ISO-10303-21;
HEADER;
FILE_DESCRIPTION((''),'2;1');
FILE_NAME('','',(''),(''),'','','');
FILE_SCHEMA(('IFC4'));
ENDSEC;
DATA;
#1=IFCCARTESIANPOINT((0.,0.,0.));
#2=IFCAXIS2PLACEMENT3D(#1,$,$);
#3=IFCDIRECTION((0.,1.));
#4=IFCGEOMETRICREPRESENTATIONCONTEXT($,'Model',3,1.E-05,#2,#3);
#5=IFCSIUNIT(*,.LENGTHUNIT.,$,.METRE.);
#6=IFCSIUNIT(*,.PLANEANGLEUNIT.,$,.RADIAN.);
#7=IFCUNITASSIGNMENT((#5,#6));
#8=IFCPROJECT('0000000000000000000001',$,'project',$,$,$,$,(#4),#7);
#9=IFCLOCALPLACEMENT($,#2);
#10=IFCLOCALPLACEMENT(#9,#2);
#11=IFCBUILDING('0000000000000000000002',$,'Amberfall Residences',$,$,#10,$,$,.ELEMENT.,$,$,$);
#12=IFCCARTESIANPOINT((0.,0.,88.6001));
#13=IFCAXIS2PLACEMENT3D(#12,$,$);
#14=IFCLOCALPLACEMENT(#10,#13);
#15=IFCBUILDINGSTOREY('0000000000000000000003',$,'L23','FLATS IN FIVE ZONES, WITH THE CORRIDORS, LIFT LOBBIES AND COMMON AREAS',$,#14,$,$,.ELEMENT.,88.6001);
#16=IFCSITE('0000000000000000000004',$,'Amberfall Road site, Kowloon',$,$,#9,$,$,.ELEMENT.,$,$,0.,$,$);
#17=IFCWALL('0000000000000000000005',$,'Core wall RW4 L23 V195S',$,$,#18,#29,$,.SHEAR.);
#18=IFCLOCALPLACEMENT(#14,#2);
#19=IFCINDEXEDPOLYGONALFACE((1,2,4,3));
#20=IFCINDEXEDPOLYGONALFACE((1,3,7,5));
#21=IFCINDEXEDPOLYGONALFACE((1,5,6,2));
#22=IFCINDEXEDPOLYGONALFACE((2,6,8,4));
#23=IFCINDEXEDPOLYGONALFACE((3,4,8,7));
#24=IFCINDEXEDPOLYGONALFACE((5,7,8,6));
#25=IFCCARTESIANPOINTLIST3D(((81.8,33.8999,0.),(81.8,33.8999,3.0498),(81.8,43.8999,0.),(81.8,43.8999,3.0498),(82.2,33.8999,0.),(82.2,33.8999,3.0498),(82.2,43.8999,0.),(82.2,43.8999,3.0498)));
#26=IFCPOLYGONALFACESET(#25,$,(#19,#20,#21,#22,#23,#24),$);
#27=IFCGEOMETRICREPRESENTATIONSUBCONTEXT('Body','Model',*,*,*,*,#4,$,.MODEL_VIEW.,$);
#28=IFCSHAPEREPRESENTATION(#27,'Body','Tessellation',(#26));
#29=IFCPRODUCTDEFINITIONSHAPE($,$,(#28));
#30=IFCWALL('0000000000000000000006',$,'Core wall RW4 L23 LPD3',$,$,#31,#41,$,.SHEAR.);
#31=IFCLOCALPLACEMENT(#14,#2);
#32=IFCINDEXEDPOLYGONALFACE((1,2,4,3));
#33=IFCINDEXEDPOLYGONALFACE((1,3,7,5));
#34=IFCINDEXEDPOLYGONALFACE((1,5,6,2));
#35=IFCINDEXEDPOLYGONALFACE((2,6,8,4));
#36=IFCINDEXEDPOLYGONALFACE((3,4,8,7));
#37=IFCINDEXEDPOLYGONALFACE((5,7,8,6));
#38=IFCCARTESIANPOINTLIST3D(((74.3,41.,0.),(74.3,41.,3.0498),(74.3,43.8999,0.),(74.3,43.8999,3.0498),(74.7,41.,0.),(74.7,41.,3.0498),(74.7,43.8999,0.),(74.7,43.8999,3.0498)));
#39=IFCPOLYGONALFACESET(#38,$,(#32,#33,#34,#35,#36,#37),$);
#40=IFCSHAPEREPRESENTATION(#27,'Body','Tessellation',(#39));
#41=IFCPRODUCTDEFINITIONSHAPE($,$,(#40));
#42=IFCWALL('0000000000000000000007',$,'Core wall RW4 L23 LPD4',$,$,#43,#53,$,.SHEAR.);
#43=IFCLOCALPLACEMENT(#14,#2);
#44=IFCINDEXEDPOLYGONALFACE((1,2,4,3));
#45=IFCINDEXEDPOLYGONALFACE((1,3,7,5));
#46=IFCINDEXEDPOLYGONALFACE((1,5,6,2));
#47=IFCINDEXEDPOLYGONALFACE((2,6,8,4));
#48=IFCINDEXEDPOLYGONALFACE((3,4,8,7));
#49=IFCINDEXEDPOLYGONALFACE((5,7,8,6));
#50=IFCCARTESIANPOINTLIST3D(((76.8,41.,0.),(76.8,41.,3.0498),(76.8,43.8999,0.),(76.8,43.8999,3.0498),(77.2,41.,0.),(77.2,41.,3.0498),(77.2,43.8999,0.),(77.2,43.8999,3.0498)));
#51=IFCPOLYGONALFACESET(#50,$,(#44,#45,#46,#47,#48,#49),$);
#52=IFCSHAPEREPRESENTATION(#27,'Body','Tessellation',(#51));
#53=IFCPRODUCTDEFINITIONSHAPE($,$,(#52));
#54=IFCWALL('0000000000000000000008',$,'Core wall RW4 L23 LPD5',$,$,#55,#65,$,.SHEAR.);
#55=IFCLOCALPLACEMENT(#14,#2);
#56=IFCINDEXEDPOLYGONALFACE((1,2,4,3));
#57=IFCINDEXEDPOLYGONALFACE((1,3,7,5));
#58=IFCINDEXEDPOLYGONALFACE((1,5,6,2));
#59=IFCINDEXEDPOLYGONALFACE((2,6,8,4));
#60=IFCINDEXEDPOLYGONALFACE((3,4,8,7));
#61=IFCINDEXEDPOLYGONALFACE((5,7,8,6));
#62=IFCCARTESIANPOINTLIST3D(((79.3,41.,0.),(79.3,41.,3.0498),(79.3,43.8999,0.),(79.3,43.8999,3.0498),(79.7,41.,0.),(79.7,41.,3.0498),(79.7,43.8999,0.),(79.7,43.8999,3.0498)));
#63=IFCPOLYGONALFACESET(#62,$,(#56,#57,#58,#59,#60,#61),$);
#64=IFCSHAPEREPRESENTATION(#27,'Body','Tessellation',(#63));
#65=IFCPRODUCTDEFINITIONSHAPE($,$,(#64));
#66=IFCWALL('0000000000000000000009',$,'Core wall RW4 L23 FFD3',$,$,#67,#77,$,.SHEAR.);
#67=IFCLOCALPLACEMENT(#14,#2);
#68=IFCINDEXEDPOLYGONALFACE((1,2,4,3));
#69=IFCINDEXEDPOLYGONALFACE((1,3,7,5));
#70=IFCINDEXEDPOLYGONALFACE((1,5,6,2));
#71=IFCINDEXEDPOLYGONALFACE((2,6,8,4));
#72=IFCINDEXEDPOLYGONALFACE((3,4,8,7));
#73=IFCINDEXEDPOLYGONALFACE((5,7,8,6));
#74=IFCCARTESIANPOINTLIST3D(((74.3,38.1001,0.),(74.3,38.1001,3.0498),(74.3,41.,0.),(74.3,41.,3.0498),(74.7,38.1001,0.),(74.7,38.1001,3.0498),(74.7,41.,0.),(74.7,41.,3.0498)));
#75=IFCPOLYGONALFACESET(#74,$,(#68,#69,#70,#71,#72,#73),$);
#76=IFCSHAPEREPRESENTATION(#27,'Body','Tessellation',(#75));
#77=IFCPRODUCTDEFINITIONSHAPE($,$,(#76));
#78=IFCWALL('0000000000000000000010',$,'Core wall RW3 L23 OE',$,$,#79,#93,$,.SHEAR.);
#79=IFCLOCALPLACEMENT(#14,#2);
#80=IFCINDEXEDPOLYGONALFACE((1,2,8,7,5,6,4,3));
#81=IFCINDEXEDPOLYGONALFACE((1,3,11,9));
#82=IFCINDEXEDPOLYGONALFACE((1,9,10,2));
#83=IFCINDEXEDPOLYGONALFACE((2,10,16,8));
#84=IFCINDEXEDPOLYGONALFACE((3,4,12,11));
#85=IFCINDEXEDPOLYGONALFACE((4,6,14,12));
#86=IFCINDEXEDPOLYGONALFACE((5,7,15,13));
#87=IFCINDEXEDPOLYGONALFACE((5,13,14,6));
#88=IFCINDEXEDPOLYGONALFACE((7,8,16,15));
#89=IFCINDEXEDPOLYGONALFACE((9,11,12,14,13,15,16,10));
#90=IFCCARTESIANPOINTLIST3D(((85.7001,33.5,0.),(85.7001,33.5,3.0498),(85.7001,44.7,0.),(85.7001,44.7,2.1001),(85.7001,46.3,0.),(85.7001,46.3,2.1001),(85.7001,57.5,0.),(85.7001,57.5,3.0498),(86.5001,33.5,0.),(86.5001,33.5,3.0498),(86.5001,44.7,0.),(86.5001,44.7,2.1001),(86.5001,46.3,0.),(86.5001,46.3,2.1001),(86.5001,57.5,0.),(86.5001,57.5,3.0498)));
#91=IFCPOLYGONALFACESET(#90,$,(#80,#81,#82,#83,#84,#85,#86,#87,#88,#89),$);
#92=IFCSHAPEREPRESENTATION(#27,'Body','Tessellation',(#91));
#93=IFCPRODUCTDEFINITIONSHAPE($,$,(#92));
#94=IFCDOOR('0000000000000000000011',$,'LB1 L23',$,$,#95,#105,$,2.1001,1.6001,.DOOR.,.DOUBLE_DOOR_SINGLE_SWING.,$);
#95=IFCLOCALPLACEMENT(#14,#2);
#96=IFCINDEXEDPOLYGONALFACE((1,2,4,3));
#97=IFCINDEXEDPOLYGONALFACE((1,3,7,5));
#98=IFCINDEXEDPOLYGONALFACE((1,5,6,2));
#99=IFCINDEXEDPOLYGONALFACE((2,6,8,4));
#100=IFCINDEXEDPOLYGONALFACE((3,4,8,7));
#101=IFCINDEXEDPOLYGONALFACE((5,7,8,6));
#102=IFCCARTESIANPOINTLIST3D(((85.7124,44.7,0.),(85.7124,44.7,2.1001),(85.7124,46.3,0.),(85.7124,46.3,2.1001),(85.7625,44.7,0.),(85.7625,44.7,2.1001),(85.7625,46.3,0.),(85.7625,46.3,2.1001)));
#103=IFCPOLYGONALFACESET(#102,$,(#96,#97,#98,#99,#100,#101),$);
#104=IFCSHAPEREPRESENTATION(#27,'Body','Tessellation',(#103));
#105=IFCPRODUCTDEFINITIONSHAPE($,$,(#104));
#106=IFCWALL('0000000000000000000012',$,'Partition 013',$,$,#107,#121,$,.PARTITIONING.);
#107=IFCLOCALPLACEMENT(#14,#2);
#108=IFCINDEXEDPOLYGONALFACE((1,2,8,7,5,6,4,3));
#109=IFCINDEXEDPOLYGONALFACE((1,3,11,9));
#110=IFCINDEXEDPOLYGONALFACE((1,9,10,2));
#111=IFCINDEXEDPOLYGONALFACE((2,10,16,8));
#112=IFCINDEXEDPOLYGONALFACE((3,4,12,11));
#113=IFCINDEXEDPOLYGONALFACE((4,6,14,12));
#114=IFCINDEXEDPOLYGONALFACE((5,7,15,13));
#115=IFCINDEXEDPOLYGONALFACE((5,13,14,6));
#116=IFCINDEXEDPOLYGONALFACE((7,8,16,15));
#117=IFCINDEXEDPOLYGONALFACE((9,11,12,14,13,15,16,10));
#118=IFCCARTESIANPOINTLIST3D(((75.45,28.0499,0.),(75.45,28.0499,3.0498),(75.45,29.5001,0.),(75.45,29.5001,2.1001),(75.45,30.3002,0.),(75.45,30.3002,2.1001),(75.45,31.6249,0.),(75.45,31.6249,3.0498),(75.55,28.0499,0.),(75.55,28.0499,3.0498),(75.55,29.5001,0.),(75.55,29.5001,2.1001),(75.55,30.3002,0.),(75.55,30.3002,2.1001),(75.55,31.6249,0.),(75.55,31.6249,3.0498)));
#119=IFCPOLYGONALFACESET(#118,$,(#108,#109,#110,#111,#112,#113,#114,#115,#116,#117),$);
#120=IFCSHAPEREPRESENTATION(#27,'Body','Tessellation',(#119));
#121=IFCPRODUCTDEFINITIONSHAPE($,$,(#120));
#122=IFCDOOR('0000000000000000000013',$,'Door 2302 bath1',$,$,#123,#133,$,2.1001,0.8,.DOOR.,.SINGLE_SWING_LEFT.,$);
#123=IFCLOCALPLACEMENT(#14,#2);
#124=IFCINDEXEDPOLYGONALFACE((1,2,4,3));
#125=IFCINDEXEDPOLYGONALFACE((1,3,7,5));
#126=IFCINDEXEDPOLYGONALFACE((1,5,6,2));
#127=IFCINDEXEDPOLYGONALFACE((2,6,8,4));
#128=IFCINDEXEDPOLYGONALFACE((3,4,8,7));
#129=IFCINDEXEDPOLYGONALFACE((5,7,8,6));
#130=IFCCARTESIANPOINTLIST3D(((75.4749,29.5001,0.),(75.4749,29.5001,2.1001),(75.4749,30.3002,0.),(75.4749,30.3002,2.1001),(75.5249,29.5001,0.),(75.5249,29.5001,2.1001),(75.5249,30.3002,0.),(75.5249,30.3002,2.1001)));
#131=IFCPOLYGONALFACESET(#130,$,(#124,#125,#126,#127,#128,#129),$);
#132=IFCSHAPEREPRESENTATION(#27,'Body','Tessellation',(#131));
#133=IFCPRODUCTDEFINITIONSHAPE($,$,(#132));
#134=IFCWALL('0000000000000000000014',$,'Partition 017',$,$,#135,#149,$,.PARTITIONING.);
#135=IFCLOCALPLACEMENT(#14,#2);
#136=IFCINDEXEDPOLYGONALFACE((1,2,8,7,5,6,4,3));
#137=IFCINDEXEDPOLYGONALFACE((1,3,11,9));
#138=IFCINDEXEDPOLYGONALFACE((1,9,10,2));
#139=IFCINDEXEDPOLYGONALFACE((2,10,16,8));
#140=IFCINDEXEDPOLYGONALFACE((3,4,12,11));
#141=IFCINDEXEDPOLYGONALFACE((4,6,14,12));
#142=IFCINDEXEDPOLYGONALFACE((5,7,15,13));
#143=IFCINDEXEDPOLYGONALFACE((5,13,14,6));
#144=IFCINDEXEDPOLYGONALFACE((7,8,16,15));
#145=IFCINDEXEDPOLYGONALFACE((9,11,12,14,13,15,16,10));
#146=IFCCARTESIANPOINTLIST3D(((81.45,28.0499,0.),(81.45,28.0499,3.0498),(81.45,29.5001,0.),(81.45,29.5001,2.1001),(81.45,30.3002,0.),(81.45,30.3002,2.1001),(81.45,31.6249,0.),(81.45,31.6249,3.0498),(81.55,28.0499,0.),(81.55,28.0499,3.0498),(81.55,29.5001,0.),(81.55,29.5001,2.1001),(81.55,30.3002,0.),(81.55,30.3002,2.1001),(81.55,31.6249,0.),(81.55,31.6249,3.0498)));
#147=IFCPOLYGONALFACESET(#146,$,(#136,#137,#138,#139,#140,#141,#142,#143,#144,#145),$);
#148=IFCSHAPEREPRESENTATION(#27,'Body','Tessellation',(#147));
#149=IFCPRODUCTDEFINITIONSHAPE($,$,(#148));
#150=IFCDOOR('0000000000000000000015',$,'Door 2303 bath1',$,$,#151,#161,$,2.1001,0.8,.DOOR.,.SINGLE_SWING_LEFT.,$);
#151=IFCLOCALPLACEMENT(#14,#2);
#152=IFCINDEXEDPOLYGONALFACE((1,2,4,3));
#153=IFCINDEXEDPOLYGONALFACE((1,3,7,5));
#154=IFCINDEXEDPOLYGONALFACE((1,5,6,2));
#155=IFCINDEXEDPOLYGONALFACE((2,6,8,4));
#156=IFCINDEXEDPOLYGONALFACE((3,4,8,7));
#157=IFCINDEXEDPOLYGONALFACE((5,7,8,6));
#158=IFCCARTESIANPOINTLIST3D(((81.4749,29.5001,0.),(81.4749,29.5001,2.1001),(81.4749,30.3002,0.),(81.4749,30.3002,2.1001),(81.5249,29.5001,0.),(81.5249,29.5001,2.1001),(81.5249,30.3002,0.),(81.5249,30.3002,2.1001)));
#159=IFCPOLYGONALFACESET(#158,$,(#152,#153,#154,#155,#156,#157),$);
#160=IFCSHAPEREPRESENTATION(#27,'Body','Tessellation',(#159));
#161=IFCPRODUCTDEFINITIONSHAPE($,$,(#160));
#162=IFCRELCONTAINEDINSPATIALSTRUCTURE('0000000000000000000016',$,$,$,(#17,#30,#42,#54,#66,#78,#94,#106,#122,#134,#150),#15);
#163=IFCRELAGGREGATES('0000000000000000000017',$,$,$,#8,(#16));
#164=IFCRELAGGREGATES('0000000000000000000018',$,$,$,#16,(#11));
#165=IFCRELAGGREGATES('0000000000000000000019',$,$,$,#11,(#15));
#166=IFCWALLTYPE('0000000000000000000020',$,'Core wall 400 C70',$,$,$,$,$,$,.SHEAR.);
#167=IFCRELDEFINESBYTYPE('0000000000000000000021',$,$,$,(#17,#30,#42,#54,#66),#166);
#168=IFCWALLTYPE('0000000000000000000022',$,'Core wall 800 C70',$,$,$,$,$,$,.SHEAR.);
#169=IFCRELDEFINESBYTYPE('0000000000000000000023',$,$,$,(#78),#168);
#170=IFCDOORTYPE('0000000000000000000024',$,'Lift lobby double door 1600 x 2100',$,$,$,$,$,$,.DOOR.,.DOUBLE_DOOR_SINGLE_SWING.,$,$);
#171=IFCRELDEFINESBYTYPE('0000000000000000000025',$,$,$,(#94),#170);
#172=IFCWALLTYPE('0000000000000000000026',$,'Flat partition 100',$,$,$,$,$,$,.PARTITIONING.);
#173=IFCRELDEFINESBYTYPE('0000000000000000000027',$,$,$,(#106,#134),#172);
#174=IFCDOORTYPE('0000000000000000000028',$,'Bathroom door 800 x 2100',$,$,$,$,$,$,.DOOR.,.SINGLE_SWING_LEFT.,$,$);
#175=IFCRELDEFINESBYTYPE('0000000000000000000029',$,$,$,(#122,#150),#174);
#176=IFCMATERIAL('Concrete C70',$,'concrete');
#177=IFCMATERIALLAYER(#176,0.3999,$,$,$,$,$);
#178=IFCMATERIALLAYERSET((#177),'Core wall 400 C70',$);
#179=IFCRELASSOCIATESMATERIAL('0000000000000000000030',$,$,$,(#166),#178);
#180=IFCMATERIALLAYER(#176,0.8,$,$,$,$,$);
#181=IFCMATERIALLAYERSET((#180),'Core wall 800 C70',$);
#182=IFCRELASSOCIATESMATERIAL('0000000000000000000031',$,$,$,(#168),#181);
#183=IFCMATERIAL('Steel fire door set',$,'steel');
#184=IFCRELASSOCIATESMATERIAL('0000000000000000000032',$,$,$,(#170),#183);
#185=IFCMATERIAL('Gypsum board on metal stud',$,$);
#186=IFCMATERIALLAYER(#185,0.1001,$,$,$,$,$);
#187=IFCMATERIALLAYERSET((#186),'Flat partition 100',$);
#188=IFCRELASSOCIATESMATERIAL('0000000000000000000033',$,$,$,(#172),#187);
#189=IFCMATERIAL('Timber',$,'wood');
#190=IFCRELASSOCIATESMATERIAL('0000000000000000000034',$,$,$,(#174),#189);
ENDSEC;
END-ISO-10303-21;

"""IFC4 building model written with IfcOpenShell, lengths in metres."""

from ifc_helpers import new_model, si_unit, direction, frame, frame_2d, origin, place, context, subcontext, project, spatial, rectangle, extrude, material, layer, layer_set, type_object, element, fill, save


model = new_model("IFC4")

# Units and contexts
model_context = context("Model", 3, precision=1e-05, world=origin(), true_north=direction((0.0, 1.0)))
body_context = subcontext(model_context, "Body", "Model", "MODEL_VIEW")
ifc_project = project(units=[si_unit("LENGTHUNIT", "METRE"), si_unit("PLANEANGLEUNIT", "RADIAN")], contexts=[model_context])

# Site, building, storey
site_placement = place(None, origin())
site = spatial("IfcSite", under=ifc_project, at=site_placement, Name="Amberfall Road site, Kowloon", CompositionType="ELEMENT", RefElevation=0.0)
building_placement = place(site_placement, origin())
building = spatial("IfcBuilding", under=site, at=building_placement, Name="Amberfall Residences", CompositionType="ELEMENT")
storey_placement = place(building_placement, frame((0.0, 0.0, 88.6001)))
storey = spatial("IfcBuildingStorey", under=building, at=storey_placement, Name="L23", Description="FLATS IN FIVE ZONES, WITH THE CORRIDORS, LIFT LOBBIES AND COMMON AREAS", CompositionType="ELEMENT", Elevation=88.6001)

# Walls
ifc_material_1 = material(Name="Concrete C70", Category="concrete")
ifc_layer_1 = layer(ifc_material_1, 0.3999)
ifc_layer_set_1 = layer_set([ifc_layer_1], Name="Core wall 400 C70")
wall_type_1 = type_object("IfcWallType", Name="Core wall 400 C70", PredefinedType="SHEAR", material=ifc_layer_set_1)
wall_1_placement = place(storey_placement, frame((82.0, 33.8999, 0.0), z_axis=(0.0, 0.0, 1.0), x_axis=(0.0, 1.0, 0.0)))
element("IfcWall", 1, at=wall_1_placement, inside=storey, type_object=wall_type_1, Name="Core wall RW4 L23 V195S", PredefinedType="SHEAR", context=body_context, shape_type="SweptSolid", body=[
    extrude(rectangle(XDim=10.0, YDim=0.3999, at=frame_2d((5.0, 0.0))), origin(), (0.0, 0.0, 1.0), 3.0498),
])
for number, where, z_axis, x_axis, name in (
    (2, (74.5, 41.0, 0.0), (0.0, 0.0, 1.0), (0.0, 1.0, 0.0), "Core wall RW4 L23 LPD3"),
    (3, (77.0, 41.0, 0.0), (0.0, 0.0, 1.0), (0.0, 1.0, 0.0), "Core wall RW4 L23 LPD4"),
    (4, (79.5, 41.0, 0.0), (0.0, 0.0, 1.0), (0.0, 1.0, 0.0), "Core wall RW4 L23 LPD5"),
    (5, (74.5, 38.1001, 0.0), (0.0, 0.0, 1.0), (0.0, 1.0, 0.0), "Core wall RW4 L23 FFD3"),
):
    element("IfcWall", number, at=place(storey_placement, frame(where, z_axis=z_axis, x_axis=x_axis)), inside=storey, type_object=wall_type_1, Name=name, PredefinedType="SHEAR", context=body_context, shape_type="SweptSolid", body=[
        extrude(rectangle(XDim=2.8999, YDim=0.3999, at=frame_2d((1.45, 0.0))), origin(), (0.0, 0.0, 1.0), 3.0498),
    ])

# Walls, openings, doors
ifc_layer_2 = layer(ifc_material_1, 0.8)
ifc_layer_set_2 = layer_set([ifc_layer_2], Name="Core wall 800 C70")
wall_type_2 = type_object("IfcWallType", Name="Core wall 800 C70", PredefinedType="SHEAR", material=ifc_layer_set_2)
wall_2_placement = place(storey_placement, frame((86.1001, 33.5, 0.0), z_axis=(0.0, 0.0, 1.0), x_axis=(0.0, 1.0, 0.0)))
wall_2 = element("IfcWall", 6, at=wall_2_placement, inside=storey, type_object=wall_type_2, Name="Core wall RW3 L23 OE", PredefinedType="SHEAR", context=body_context, shape_type="SweptSolid", body=[
    extrude(rectangle(XDim=24.0, YDim=0.8, at=frame_2d((12.0, 0.0))), origin(), (0.0, 0.0, 1.0), 3.0498),
])
opening_1_placement = place(wall_2_placement, frame((11.2, 0.0, 0.0)))
opening_1 = element("IfcOpeningElement", 7, at=opening_1_placement, cuts=wall_2, PredefinedType="OPENING", context=body_context, shape_type="SweptSolid", body=[
    extrude(rectangle(XDim=1.6001, YDim=2.1001, at=frame_2d((0.8, 1.05))), frame((0.0, 0.4099, 0.0), z_axis=(0.0, -1.0, 0.0), x_axis=(1.0, 0.0, 0.0)), (0.0, 0.0, 1.0), 0.8201),
])
ifc_material_2 = material(Name="Steel fire door set", Category="steel")
door_type_1 = type_object("IfcDoorType", Name="Lift lobby double door 1600 x 2100", OperationType="DOUBLE_DOOR_SINGLE_SWING", PredefinedType="DOOR", material=ifc_material_2)
door_1_placement = place(opening_1_placement, origin())
door_1 = element("IfcDoor", 8, at=door_1_placement, inside=storey, type_object=door_type_1, Name="LB1 L23", OperationType="DOUBLE_DOOR_SINGLE_SWING", OverallHeight=2.1001, OverallWidth=1.6001, PredefinedType="DOOR", context=body_context, shape_type="SweptSolid", body=[
    extrude(rectangle(XDim=1.6001, YDim=2.1001, at=frame_2d((0.8, 1.05))), frame((0.0, 0.3877, 0.0), z_axis=(0.0, -1.0, 0.0), x_axis=(1.0, 0.0, 0.0)), (0.0, 0.0, 1.0), 0.05),
])
fill(opening_1, door_1)
ifc_material_3 = material(Name="Gypsum board on metal stud")
ifc_layer_3 = layer(ifc_material_3, 0.1001)
ifc_layer_set_3 = layer_set([ifc_layer_3], Name="Flat partition 100")
wall_type_3 = type_object("IfcWallType", Name="Flat partition 100", PredefinedType="PARTITIONING", material=ifc_layer_set_3)
wall_3_placement = place(storey_placement, frame((75.5, 31.625, 0.0), z_axis=(0.0, 0.0, 1.0), x_axis=(0.0, -1.0, 0.0)))
wall_3 = element("IfcWall", 9, at=wall_3_placement, inside=storey, type_object=wall_type_3, Name="Partition 013", PredefinedType="PARTITIONING", context=body_context, shape_type="SweptSolid", body=[
    extrude(rectangle(XDim=3.575, YDim=0.1001, at=frame_2d((1.7876, 0.0))), origin(), (0.0, 0.0, 1.0), 3.0498),
])
opening_2_placement = place(wall_3_placement, frame((1.325, 0.0, 0.0)))
opening_2 = element("IfcOpeningElement", 10, at=opening_2_placement, cuts=wall_3, PredefinedType="OPENING", context=body_context, shape_type="SweptSolid", body=[
    extrude(rectangle(XDim=0.8, YDim=2.1001, at=frame_2d((0.3999, 1.05))), frame((0.0, 0.0601, 0.0), z_axis=(0.0, -1.0, 0.0), x_axis=(1.0, 0.0, 0.0)), (0.0, 0.0, 1.0), 0.1201),
])
ifc_material_4 = material(Name="Timber", Category="wood")
door_type_2 = type_object("IfcDoorType", Name="Bathroom door 800 x 2100", OperationType="SINGLE_SWING_LEFT", PredefinedType="DOOR", material=ifc_material_4)
door_2_placement = place(opening_2_placement, origin())
door_2 = element("IfcDoor", 11, at=door_2_placement, inside=storey, type_object=door_type_2, Name="Door 2302 bath1", OperationType="SINGLE_SWING_LEFT", OverallHeight=2.1001, OverallWidth=0.8, PredefinedType="DOOR", context=body_context, shape_type="SweptSolid", body=[
    extrude(rectangle(XDim=0.8, YDim=2.1001, at=frame_2d((0.3999, 1.05))), frame((0.0, 0.0249, 0.0), z_axis=(0.0, -1.0, 0.0), x_axis=(1.0, 0.0, 0.0)), (0.0, 0.0, 1.0), 0.05),
])
fill(opening_2, door_2)
wall_4_placement = place(storey_placement, frame((81.5, 31.625, 0.0), z_axis=(0.0, 0.0, 1.0), x_axis=(0.0, -1.0, 0.0)))
wall_4 = element("IfcWall", 12, at=wall_4_placement, inside=storey, type_object=wall_type_3, Name="Partition 017", PredefinedType="PARTITIONING", context=body_context, shape_type="SweptSolid", body=[
    extrude(rectangle(XDim=3.575, YDim=0.1001, at=frame_2d((1.7876, 0.0))), origin(), (0.0, 0.0, 1.0), 3.0498),
])
opening_3_placement = place(wall_4_placement, frame((1.325, 0.0, 0.0)))
opening_3 = element("IfcOpeningElement", 13, at=opening_3_placement, cuts=wall_4, PredefinedType="OPENING", context=body_context, shape_type="SweptSolid", body=[
    extrude(rectangle(XDim=0.8, YDim=2.1001, at=frame_2d((0.3999, 1.05))), frame((0.0, 0.0601, 0.0), z_axis=(0.0, -1.0, 0.0), x_axis=(1.0, 0.0, 0.0)), (0.0, 0.0, 1.0), 0.1201),
])
door_3_placement = place(opening_3_placement, origin())
door_3 = element("IfcDoor", 14, at=door_3_placement, inside=storey, type_object=door_type_2, Name="Door 2303 bath1", OperationType="SINGLE_SWING_LEFT", OverallHeight=2.1001, OverallWidth=0.8, PredefinedType="DOOR", context=body_context, shape_type="SweptSolid", body=[
    extrude(rectangle(XDim=0.8, YDim=2.1001, at=frame_2d((0.3999, 1.05))), frame((0.0, 0.0249, 0.0), z_axis=(0.0, -1.0, 0.0), x_axis=(1.0, 0.0, 0.0)), (0.0, 0.0, 1.0), 0.05),
])
fill(opening_3, door_3)

save(model, "model.ifc")
